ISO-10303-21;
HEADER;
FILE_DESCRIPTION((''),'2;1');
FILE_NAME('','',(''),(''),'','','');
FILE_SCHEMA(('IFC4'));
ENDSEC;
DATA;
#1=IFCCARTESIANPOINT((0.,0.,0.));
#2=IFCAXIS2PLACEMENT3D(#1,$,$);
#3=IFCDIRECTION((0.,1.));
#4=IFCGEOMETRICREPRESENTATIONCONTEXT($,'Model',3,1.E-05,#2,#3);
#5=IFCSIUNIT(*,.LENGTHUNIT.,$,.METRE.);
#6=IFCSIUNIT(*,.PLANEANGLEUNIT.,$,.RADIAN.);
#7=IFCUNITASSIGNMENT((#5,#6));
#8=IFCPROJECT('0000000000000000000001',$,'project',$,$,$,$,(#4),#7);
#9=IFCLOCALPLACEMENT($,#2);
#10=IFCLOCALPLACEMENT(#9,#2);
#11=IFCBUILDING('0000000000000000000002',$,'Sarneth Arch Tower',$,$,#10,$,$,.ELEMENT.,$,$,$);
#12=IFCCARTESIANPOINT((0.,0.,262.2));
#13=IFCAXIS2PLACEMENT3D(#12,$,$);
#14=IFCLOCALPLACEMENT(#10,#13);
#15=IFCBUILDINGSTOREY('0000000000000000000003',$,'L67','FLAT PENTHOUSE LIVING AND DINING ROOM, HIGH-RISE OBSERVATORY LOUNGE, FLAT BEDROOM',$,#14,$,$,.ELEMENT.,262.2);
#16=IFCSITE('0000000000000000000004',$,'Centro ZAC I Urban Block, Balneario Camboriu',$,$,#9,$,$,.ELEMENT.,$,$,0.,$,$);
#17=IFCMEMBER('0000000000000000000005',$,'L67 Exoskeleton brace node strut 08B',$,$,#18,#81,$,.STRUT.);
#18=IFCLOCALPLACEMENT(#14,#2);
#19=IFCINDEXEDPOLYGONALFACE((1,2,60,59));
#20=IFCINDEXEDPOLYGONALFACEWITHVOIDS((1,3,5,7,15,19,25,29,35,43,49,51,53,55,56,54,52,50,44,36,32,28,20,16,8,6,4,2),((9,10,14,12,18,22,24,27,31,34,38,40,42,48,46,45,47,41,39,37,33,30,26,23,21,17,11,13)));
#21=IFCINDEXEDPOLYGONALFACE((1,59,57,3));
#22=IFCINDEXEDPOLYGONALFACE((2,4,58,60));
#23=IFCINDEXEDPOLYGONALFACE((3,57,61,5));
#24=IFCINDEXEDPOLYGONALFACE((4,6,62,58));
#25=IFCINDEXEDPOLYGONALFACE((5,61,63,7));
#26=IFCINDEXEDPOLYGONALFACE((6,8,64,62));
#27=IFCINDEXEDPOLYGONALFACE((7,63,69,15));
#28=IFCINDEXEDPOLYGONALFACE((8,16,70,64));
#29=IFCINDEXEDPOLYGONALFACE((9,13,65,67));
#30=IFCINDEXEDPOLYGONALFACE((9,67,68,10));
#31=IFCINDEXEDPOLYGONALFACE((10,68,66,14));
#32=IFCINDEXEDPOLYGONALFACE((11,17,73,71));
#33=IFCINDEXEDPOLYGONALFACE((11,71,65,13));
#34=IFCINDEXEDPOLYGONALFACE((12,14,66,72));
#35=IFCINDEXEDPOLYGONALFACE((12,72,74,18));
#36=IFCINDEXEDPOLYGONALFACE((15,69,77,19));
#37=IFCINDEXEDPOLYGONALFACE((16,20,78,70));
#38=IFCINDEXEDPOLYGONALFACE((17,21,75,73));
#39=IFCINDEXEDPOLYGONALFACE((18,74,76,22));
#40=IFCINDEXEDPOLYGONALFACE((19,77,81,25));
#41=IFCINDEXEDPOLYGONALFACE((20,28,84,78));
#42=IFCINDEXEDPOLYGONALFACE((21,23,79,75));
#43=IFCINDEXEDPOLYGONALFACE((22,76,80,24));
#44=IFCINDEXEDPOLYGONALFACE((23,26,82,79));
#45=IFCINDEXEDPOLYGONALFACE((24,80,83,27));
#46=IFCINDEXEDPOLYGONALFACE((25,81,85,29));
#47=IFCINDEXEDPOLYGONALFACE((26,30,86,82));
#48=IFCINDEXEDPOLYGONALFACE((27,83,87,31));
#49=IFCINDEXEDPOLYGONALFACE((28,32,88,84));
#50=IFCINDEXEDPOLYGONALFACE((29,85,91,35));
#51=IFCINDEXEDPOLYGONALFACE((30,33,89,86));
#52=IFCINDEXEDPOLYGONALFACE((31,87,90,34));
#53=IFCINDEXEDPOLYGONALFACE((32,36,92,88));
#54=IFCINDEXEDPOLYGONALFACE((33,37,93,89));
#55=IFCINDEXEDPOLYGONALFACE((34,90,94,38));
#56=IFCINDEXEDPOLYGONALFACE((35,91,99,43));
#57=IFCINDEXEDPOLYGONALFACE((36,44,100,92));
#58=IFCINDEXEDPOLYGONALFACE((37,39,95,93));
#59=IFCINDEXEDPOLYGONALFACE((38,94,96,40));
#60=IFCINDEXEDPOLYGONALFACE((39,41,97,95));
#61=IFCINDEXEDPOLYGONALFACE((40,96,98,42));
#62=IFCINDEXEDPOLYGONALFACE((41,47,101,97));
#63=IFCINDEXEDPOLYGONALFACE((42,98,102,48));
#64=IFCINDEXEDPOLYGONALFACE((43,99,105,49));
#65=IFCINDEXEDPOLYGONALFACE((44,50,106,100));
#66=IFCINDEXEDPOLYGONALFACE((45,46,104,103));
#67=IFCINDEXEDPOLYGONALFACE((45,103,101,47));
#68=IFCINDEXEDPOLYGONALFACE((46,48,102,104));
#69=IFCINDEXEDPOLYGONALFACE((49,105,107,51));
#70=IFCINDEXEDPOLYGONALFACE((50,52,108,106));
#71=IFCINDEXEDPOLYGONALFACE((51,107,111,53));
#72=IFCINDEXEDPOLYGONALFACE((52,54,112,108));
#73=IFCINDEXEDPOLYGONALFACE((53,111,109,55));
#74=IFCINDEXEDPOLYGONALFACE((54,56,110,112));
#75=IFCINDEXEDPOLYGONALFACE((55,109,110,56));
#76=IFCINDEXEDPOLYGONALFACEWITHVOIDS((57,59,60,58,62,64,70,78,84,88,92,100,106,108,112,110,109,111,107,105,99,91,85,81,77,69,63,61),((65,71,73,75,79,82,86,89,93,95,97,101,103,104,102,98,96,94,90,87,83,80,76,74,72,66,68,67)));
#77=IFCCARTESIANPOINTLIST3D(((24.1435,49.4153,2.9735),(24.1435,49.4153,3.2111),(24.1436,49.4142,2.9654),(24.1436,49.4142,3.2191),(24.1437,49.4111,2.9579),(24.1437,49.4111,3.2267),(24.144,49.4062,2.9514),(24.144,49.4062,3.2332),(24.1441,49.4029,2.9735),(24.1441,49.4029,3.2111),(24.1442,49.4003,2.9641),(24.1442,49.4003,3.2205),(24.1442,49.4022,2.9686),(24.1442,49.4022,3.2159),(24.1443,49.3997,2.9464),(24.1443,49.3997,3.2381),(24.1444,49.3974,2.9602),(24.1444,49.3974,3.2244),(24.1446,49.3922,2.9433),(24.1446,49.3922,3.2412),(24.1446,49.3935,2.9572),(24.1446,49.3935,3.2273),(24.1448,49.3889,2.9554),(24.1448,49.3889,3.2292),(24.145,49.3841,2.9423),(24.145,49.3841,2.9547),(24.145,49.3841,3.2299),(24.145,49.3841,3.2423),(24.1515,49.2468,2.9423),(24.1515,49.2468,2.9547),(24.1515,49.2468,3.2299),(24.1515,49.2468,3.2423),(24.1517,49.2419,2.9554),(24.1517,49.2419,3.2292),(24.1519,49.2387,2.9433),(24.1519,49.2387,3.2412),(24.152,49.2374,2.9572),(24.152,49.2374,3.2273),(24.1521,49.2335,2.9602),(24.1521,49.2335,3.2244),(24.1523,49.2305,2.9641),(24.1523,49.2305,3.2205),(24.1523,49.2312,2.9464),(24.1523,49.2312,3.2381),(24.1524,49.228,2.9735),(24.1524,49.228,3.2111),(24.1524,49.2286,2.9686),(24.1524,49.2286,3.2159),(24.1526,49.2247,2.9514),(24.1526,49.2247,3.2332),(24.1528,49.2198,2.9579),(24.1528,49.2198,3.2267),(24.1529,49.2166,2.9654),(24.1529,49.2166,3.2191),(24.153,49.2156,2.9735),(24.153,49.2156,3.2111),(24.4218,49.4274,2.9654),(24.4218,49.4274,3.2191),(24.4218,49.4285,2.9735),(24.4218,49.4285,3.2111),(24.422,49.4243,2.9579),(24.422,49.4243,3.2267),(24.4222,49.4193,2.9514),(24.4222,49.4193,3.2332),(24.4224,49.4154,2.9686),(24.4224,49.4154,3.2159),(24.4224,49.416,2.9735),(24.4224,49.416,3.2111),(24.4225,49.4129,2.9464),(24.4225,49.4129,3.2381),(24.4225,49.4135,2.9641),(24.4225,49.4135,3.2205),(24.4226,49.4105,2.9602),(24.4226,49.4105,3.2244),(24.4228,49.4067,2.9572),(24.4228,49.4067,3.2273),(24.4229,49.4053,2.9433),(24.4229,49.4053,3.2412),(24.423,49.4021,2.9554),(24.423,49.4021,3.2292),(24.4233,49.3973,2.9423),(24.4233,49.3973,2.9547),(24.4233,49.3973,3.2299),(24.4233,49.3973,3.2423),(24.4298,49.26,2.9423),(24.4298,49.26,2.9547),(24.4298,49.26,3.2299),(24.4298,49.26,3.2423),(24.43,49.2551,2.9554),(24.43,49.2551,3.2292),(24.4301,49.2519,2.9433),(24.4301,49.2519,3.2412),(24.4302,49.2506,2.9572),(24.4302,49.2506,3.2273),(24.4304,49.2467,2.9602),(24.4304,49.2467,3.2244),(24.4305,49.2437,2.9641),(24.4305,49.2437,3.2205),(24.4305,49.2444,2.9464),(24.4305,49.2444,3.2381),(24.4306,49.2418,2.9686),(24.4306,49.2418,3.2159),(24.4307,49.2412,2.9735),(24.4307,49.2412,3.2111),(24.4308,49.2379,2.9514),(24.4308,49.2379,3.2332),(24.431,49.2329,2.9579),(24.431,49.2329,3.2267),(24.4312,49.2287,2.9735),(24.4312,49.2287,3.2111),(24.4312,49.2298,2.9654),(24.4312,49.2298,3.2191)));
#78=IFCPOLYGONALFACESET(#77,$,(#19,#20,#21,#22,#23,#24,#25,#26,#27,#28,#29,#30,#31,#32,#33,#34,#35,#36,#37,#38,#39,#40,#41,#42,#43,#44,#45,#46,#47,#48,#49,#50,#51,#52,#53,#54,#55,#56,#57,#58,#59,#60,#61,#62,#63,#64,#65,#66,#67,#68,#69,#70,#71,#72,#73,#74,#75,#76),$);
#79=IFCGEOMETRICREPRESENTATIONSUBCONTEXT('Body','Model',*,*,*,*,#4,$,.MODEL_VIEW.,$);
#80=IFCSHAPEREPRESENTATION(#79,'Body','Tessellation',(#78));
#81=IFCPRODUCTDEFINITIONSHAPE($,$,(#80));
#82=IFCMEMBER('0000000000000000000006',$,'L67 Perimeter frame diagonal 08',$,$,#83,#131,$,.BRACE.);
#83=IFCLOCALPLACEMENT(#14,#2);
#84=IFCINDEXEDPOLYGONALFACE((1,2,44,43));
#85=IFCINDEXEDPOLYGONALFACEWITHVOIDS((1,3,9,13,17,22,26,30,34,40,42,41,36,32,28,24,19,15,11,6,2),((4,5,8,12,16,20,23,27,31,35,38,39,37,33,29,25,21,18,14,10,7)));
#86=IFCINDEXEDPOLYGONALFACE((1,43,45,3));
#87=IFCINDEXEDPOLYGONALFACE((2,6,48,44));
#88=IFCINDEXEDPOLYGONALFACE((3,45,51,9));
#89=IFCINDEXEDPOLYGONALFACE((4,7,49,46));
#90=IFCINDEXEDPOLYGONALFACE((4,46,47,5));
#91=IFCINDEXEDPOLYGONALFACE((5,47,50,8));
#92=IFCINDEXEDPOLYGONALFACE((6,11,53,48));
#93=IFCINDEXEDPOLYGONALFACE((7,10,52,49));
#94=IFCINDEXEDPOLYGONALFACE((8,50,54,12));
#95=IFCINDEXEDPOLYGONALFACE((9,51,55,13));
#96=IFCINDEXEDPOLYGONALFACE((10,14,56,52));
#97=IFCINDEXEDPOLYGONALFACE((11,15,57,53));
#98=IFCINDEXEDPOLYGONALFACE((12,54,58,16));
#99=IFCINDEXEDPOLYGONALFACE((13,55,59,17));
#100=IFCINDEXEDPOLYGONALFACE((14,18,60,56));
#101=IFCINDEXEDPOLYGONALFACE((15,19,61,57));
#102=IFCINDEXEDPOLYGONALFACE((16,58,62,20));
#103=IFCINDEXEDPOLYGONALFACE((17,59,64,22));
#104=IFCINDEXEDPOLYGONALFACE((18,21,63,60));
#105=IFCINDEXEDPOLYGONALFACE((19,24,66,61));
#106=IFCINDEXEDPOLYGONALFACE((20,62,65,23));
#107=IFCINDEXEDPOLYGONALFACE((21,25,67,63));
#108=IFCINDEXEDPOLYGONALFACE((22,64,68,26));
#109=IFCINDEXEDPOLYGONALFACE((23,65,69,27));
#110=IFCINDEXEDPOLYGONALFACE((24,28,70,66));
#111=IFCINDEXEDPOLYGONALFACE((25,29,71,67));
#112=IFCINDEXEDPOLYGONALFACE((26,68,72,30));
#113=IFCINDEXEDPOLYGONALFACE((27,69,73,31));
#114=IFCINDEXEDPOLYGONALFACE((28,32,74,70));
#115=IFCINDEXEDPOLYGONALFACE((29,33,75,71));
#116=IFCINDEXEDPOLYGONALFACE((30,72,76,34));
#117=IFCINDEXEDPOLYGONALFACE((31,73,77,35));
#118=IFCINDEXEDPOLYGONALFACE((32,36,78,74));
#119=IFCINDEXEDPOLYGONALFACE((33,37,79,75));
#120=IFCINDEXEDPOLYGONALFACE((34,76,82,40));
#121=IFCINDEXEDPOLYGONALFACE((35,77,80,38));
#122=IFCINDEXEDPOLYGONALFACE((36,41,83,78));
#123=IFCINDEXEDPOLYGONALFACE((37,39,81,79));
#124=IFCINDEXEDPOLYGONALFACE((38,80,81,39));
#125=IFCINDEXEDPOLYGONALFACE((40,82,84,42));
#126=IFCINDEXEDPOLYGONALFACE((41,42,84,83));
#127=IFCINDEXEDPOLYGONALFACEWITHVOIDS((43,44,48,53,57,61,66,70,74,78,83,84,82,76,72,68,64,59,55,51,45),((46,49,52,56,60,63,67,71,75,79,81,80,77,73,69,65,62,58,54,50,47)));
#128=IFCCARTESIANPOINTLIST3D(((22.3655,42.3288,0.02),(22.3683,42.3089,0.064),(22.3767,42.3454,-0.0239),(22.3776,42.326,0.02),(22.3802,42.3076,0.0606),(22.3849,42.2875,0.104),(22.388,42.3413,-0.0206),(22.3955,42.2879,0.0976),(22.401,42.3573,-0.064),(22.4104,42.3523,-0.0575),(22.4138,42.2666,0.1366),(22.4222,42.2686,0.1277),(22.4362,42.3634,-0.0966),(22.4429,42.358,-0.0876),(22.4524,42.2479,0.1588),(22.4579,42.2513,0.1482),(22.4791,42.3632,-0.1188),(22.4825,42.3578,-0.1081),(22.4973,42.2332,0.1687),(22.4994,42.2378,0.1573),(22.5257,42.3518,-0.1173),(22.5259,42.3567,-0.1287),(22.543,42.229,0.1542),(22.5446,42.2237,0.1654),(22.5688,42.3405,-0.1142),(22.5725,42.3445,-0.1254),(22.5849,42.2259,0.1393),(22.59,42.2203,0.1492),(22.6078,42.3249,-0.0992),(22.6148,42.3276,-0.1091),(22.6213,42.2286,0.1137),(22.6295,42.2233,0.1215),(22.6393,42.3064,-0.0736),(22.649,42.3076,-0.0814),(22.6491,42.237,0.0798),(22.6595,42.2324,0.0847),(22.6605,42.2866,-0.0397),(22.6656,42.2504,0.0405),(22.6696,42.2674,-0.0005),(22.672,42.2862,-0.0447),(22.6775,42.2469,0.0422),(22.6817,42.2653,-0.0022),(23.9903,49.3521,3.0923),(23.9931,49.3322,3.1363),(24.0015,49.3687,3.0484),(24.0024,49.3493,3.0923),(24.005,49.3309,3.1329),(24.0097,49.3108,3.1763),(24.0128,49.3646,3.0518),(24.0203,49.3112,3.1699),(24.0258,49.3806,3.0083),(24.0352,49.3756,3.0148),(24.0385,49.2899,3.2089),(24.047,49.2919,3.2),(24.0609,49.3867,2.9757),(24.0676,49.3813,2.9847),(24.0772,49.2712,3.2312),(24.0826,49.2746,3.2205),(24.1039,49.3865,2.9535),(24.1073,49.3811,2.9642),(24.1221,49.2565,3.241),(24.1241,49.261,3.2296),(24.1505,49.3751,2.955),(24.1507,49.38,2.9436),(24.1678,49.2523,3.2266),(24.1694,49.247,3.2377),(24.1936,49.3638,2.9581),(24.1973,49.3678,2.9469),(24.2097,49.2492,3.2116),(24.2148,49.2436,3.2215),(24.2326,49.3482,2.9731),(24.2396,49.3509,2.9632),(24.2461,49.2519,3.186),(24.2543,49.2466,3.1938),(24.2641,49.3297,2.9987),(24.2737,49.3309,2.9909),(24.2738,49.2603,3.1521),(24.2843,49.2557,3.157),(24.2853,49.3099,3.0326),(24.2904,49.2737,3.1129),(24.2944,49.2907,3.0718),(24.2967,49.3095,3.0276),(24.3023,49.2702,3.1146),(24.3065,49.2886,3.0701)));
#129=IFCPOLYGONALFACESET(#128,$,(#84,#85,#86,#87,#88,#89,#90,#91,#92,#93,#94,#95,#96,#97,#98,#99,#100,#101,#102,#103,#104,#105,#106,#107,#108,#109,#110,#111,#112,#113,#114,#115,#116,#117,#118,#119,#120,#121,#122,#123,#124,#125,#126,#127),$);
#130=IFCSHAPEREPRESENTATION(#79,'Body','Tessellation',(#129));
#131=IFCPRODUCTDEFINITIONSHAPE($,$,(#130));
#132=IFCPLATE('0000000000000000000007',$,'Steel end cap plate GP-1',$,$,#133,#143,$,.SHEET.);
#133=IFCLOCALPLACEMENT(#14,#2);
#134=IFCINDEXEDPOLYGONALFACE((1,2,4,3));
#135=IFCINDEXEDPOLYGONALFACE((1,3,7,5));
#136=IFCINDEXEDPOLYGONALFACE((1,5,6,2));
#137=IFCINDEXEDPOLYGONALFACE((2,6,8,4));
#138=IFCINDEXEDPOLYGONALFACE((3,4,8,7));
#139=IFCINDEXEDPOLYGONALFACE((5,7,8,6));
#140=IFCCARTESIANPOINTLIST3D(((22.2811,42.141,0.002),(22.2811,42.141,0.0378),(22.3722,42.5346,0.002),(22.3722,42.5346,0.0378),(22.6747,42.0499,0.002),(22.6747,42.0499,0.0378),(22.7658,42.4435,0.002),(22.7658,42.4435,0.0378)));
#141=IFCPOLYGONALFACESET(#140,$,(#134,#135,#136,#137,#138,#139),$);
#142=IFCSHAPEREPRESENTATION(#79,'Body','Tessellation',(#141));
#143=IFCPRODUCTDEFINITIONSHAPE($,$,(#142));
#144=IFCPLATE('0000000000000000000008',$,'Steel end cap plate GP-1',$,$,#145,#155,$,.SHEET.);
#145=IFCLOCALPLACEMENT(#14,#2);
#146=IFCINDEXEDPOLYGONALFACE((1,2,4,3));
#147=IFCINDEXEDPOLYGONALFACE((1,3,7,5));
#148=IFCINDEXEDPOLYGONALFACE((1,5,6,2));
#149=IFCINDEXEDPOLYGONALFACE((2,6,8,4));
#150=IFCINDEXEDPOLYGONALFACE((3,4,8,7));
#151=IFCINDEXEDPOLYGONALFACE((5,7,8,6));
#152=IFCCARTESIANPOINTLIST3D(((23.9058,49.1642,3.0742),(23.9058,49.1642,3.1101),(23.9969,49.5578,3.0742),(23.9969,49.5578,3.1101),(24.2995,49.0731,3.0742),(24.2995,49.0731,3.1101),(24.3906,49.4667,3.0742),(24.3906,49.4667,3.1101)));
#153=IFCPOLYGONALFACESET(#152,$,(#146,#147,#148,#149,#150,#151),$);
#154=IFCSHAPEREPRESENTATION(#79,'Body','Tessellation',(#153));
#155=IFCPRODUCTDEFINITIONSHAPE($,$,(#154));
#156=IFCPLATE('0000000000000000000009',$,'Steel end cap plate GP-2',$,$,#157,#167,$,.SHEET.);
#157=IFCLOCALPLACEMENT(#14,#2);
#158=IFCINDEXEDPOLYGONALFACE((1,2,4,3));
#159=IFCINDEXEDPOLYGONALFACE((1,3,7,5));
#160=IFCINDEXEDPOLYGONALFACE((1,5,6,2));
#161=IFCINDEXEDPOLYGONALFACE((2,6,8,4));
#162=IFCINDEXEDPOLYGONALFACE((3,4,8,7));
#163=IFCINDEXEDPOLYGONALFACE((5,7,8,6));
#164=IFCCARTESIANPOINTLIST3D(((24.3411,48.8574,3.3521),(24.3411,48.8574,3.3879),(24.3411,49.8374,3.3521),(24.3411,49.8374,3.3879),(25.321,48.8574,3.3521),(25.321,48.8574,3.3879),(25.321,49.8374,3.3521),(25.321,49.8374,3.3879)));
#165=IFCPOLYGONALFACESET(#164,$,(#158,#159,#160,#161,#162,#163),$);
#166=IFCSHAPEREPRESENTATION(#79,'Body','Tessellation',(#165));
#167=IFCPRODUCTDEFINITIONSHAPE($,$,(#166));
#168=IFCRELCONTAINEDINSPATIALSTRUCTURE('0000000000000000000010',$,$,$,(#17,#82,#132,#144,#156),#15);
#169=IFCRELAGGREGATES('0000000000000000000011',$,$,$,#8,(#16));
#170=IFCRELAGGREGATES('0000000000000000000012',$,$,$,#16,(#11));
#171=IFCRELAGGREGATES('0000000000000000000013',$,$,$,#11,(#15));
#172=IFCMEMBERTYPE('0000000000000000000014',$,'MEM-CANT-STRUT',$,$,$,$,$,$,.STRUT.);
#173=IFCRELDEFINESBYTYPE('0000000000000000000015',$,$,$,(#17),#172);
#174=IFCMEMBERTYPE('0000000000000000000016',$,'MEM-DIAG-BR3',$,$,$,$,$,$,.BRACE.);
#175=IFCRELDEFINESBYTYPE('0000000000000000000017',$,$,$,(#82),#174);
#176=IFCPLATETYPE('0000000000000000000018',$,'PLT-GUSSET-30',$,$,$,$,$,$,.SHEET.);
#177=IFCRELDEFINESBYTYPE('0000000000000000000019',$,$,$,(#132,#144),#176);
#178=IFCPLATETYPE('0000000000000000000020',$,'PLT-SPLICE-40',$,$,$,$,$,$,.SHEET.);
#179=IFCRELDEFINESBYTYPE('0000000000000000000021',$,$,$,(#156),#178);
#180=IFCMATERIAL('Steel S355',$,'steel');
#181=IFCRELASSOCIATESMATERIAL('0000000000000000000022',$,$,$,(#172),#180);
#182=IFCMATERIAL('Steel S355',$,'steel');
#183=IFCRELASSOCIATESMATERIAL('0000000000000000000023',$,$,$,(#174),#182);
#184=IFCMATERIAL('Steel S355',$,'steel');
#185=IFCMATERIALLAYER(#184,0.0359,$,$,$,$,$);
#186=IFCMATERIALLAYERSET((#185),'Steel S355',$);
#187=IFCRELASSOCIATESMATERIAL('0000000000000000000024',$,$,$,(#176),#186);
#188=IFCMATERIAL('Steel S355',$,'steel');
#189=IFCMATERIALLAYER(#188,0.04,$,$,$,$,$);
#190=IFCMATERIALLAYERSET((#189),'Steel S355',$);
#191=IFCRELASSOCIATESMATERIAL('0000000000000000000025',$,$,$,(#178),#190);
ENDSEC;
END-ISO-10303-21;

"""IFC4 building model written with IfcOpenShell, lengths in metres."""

from ifc_helpers import new_model, si_unit, direction, frame, origin, origin_2d, place, context, subcontext, project, spatial, rectangle, hollow_rectangle, hollow_circle, extrude, material, layer, layer_set, material_profile, profile_set, type_object, element, save


model = new_model("IFC4")

# Units and contexts
model_context = context("Model", 3, precision=1e-05, world=origin(), true_north=direction((0.0, 1.0)))
body_context = subcontext(model_context, "Body", "Model", "MODEL_VIEW")
ifc_project = project(units=[si_unit("LENGTHUNIT", "METRE"), si_unit("PLANEANGLEUNIT", "RADIAN")], contexts=[model_context])

# Site, building, storey
site_placement = place(None, origin())
site = spatial("IfcSite", under=ifc_project, at=site_placement, Name="Centro ZAC I Urban Block, Balneario Camboriu", CompositionType="ELEMENT", RefElevation=0.0)
building_placement = place(site_placement, origin())
building = spatial("IfcBuilding", under=site, at=building_placement, Name="Sarneth Arch Tower", CompositionType="ELEMENT")
storey_placement = place(building_placement, frame((0.0, 0.0, 262.2)))
storey = spatial("IfcBuildingStorey", under=building, at=storey_placement, Name="L67", Description="FLAT PENTHOUSE LIVING AND DINING ROOM, HIGH-RISE OBSERVATORY LOUNGE, FLAT BEDROOM", CompositionType="ELEMENT", Elevation=262.2)

# Members
ifc_material_1 = material(Name="Steel S355", Category="steel")
ifc_material_profile_1 = material_profile(ifc_material_1, hollow_rectangle(XDim=0.2, YDim=0.3, WallThickness=0.0125, InnerFilletRadius=0.0188, OuterFilletRadius=0.0312, at=origin_2d()), Name="RHS300x200x12.5")
ifc_profile_set_1 = profile_set([ifc_material_profile_1], Name="Steel S355")
member_type_1 = type_object("IfcMemberType", Name="MEM-CANT-STRUT", PredefinedType="STRUT", material=ifc_profile_set_1)
member_1_placement = place(storey_placement, frame((24.4265, 49.3286, 3.0923), z_axis=(-0.99888, -0.047315, 0.0), x_axis=(0.047315, -0.99888, 0.0)))
element("IfcMember", 1, at=member_1_placement, inside=storey, type_object=member_type_1, Name="L67 Exoskeleton brace node strut 08B", PredefinedType="STRUT", context=body_context, shape_type="SweptSolid", body=[
    extrude(hollow_rectangle(XDim=0.2, YDim=0.3, WallThickness=0.0125, InnerFilletRadius=0.0188, OuterFilletRadius=0.0312, at=origin_2d()), origin(), (0.0, 0.0, 1.0), 0.2786),
])
ifc_material_2 = material(Name="Steel S355", Category="steel")
ifc_material_profile_2 = material_profile(ifc_material_2, hollow_circle(Radius=0.1621, WallThickness=0.0125, at=origin_2d()), Name="CHS324x12.5")
ifc_profile_set_2 = profile_set([ifc_material_profile_2], Name="Steel S355")
member_type_2 = type_object("IfcMemberType", Name="MEM-DIAG-BR3", PredefinedType="BRACE", material=ifc_profile_set_2)
member_2_placement = place(storey_placement, frame((22.5234, 42.2922, 0.02), z_axis=(0.207343, 0.896265, 0.392067), x_axis=(-0.974269, 0.225389, 0.0)))
element("IfcMember", 2, at=member_2_placement, inside=storey, type_object=member_type_2, Name="L67 Perimeter frame diagonal 08", PredefinedType="BRACE", context=body_context, shape_type="SweptSolid", body=[
    extrude(hollow_circle(Radius=0.1621, WallThickness=0.0125, at=origin_2d()), origin(), (0.0, 0.0, 1.0), 7.8362),
])

# Plates
ifc_material_3 = material(Name="Steel S355", Category="steel")
ifc_layer_1 = layer(ifc_material_3, 0.0359)
ifc_layer_set_1 = layer_set([ifc_layer_1], Name="Steel S355")
plate_type_1 = type_object("IfcPlateType", Name="PLT-GUSSET-30", PredefinedType="SHEET", material=ifc_layer_set_1)
for number, where, z_axis, x_axis, name in (
    (3, (22.5234, 42.2922, 0.002), (0.0, 0.0, 1.0), (-0.225461, -0.974252, 0.0), "Steel end cap plate GP-1"),
    (4, (24.1482, 49.3154, 3.0742), (0.0, 0.0, 1.0), (-0.225461, -0.974252, 0.0), "Steel end cap plate GP-1"),
):
    element("IfcPlate", number, at=place(storey_placement, frame(where, z_axis=z_axis, x_axis=x_axis)), inside=storey, type_object=plate_type_1, Name=name, PredefinedType="SHEET", context=body_context, shape_type="SweptSolid", body=[
        extrude(rectangle(XDim=0.4041, YDim=0.4041, at=origin_2d()), origin(), (0.0, 0.0, 1.0), 0.0359),
    ])
ifc_material_4 = material(Name="Steel S355", Category="steel")
ifc_layer_2 = layer(ifc_material_4, 0.04)
ifc_layer_set_2 = layer_set([ifc_layer_2], Name="Steel S355")
plate_type_2 = type_object("IfcPlateType", Name="PLT-SPLICE-40", PredefinedType="SHEET", material=ifc_layer_set_2)
plate_placement = place(storey_placement, frame((24.8311, 49.3474, 3.3521), z_axis=(0.0, 0.0, 1.0), x_axis=(1.0, 0.0, 0.0)))
element("IfcPlate", 5, at=plate_placement, inside=storey, type_object=plate_type_2, Name="Steel end cap plate GP-2", PredefinedType="SHEET", context=body_context, shape_type="SweptSolid", body=[
    extrude(rectangle(XDim=0.98, YDim=0.98, at=origin_2d()), origin(), (0.0, 0.0, 1.0), 0.0359),
])

save(model, "model.ifc")
